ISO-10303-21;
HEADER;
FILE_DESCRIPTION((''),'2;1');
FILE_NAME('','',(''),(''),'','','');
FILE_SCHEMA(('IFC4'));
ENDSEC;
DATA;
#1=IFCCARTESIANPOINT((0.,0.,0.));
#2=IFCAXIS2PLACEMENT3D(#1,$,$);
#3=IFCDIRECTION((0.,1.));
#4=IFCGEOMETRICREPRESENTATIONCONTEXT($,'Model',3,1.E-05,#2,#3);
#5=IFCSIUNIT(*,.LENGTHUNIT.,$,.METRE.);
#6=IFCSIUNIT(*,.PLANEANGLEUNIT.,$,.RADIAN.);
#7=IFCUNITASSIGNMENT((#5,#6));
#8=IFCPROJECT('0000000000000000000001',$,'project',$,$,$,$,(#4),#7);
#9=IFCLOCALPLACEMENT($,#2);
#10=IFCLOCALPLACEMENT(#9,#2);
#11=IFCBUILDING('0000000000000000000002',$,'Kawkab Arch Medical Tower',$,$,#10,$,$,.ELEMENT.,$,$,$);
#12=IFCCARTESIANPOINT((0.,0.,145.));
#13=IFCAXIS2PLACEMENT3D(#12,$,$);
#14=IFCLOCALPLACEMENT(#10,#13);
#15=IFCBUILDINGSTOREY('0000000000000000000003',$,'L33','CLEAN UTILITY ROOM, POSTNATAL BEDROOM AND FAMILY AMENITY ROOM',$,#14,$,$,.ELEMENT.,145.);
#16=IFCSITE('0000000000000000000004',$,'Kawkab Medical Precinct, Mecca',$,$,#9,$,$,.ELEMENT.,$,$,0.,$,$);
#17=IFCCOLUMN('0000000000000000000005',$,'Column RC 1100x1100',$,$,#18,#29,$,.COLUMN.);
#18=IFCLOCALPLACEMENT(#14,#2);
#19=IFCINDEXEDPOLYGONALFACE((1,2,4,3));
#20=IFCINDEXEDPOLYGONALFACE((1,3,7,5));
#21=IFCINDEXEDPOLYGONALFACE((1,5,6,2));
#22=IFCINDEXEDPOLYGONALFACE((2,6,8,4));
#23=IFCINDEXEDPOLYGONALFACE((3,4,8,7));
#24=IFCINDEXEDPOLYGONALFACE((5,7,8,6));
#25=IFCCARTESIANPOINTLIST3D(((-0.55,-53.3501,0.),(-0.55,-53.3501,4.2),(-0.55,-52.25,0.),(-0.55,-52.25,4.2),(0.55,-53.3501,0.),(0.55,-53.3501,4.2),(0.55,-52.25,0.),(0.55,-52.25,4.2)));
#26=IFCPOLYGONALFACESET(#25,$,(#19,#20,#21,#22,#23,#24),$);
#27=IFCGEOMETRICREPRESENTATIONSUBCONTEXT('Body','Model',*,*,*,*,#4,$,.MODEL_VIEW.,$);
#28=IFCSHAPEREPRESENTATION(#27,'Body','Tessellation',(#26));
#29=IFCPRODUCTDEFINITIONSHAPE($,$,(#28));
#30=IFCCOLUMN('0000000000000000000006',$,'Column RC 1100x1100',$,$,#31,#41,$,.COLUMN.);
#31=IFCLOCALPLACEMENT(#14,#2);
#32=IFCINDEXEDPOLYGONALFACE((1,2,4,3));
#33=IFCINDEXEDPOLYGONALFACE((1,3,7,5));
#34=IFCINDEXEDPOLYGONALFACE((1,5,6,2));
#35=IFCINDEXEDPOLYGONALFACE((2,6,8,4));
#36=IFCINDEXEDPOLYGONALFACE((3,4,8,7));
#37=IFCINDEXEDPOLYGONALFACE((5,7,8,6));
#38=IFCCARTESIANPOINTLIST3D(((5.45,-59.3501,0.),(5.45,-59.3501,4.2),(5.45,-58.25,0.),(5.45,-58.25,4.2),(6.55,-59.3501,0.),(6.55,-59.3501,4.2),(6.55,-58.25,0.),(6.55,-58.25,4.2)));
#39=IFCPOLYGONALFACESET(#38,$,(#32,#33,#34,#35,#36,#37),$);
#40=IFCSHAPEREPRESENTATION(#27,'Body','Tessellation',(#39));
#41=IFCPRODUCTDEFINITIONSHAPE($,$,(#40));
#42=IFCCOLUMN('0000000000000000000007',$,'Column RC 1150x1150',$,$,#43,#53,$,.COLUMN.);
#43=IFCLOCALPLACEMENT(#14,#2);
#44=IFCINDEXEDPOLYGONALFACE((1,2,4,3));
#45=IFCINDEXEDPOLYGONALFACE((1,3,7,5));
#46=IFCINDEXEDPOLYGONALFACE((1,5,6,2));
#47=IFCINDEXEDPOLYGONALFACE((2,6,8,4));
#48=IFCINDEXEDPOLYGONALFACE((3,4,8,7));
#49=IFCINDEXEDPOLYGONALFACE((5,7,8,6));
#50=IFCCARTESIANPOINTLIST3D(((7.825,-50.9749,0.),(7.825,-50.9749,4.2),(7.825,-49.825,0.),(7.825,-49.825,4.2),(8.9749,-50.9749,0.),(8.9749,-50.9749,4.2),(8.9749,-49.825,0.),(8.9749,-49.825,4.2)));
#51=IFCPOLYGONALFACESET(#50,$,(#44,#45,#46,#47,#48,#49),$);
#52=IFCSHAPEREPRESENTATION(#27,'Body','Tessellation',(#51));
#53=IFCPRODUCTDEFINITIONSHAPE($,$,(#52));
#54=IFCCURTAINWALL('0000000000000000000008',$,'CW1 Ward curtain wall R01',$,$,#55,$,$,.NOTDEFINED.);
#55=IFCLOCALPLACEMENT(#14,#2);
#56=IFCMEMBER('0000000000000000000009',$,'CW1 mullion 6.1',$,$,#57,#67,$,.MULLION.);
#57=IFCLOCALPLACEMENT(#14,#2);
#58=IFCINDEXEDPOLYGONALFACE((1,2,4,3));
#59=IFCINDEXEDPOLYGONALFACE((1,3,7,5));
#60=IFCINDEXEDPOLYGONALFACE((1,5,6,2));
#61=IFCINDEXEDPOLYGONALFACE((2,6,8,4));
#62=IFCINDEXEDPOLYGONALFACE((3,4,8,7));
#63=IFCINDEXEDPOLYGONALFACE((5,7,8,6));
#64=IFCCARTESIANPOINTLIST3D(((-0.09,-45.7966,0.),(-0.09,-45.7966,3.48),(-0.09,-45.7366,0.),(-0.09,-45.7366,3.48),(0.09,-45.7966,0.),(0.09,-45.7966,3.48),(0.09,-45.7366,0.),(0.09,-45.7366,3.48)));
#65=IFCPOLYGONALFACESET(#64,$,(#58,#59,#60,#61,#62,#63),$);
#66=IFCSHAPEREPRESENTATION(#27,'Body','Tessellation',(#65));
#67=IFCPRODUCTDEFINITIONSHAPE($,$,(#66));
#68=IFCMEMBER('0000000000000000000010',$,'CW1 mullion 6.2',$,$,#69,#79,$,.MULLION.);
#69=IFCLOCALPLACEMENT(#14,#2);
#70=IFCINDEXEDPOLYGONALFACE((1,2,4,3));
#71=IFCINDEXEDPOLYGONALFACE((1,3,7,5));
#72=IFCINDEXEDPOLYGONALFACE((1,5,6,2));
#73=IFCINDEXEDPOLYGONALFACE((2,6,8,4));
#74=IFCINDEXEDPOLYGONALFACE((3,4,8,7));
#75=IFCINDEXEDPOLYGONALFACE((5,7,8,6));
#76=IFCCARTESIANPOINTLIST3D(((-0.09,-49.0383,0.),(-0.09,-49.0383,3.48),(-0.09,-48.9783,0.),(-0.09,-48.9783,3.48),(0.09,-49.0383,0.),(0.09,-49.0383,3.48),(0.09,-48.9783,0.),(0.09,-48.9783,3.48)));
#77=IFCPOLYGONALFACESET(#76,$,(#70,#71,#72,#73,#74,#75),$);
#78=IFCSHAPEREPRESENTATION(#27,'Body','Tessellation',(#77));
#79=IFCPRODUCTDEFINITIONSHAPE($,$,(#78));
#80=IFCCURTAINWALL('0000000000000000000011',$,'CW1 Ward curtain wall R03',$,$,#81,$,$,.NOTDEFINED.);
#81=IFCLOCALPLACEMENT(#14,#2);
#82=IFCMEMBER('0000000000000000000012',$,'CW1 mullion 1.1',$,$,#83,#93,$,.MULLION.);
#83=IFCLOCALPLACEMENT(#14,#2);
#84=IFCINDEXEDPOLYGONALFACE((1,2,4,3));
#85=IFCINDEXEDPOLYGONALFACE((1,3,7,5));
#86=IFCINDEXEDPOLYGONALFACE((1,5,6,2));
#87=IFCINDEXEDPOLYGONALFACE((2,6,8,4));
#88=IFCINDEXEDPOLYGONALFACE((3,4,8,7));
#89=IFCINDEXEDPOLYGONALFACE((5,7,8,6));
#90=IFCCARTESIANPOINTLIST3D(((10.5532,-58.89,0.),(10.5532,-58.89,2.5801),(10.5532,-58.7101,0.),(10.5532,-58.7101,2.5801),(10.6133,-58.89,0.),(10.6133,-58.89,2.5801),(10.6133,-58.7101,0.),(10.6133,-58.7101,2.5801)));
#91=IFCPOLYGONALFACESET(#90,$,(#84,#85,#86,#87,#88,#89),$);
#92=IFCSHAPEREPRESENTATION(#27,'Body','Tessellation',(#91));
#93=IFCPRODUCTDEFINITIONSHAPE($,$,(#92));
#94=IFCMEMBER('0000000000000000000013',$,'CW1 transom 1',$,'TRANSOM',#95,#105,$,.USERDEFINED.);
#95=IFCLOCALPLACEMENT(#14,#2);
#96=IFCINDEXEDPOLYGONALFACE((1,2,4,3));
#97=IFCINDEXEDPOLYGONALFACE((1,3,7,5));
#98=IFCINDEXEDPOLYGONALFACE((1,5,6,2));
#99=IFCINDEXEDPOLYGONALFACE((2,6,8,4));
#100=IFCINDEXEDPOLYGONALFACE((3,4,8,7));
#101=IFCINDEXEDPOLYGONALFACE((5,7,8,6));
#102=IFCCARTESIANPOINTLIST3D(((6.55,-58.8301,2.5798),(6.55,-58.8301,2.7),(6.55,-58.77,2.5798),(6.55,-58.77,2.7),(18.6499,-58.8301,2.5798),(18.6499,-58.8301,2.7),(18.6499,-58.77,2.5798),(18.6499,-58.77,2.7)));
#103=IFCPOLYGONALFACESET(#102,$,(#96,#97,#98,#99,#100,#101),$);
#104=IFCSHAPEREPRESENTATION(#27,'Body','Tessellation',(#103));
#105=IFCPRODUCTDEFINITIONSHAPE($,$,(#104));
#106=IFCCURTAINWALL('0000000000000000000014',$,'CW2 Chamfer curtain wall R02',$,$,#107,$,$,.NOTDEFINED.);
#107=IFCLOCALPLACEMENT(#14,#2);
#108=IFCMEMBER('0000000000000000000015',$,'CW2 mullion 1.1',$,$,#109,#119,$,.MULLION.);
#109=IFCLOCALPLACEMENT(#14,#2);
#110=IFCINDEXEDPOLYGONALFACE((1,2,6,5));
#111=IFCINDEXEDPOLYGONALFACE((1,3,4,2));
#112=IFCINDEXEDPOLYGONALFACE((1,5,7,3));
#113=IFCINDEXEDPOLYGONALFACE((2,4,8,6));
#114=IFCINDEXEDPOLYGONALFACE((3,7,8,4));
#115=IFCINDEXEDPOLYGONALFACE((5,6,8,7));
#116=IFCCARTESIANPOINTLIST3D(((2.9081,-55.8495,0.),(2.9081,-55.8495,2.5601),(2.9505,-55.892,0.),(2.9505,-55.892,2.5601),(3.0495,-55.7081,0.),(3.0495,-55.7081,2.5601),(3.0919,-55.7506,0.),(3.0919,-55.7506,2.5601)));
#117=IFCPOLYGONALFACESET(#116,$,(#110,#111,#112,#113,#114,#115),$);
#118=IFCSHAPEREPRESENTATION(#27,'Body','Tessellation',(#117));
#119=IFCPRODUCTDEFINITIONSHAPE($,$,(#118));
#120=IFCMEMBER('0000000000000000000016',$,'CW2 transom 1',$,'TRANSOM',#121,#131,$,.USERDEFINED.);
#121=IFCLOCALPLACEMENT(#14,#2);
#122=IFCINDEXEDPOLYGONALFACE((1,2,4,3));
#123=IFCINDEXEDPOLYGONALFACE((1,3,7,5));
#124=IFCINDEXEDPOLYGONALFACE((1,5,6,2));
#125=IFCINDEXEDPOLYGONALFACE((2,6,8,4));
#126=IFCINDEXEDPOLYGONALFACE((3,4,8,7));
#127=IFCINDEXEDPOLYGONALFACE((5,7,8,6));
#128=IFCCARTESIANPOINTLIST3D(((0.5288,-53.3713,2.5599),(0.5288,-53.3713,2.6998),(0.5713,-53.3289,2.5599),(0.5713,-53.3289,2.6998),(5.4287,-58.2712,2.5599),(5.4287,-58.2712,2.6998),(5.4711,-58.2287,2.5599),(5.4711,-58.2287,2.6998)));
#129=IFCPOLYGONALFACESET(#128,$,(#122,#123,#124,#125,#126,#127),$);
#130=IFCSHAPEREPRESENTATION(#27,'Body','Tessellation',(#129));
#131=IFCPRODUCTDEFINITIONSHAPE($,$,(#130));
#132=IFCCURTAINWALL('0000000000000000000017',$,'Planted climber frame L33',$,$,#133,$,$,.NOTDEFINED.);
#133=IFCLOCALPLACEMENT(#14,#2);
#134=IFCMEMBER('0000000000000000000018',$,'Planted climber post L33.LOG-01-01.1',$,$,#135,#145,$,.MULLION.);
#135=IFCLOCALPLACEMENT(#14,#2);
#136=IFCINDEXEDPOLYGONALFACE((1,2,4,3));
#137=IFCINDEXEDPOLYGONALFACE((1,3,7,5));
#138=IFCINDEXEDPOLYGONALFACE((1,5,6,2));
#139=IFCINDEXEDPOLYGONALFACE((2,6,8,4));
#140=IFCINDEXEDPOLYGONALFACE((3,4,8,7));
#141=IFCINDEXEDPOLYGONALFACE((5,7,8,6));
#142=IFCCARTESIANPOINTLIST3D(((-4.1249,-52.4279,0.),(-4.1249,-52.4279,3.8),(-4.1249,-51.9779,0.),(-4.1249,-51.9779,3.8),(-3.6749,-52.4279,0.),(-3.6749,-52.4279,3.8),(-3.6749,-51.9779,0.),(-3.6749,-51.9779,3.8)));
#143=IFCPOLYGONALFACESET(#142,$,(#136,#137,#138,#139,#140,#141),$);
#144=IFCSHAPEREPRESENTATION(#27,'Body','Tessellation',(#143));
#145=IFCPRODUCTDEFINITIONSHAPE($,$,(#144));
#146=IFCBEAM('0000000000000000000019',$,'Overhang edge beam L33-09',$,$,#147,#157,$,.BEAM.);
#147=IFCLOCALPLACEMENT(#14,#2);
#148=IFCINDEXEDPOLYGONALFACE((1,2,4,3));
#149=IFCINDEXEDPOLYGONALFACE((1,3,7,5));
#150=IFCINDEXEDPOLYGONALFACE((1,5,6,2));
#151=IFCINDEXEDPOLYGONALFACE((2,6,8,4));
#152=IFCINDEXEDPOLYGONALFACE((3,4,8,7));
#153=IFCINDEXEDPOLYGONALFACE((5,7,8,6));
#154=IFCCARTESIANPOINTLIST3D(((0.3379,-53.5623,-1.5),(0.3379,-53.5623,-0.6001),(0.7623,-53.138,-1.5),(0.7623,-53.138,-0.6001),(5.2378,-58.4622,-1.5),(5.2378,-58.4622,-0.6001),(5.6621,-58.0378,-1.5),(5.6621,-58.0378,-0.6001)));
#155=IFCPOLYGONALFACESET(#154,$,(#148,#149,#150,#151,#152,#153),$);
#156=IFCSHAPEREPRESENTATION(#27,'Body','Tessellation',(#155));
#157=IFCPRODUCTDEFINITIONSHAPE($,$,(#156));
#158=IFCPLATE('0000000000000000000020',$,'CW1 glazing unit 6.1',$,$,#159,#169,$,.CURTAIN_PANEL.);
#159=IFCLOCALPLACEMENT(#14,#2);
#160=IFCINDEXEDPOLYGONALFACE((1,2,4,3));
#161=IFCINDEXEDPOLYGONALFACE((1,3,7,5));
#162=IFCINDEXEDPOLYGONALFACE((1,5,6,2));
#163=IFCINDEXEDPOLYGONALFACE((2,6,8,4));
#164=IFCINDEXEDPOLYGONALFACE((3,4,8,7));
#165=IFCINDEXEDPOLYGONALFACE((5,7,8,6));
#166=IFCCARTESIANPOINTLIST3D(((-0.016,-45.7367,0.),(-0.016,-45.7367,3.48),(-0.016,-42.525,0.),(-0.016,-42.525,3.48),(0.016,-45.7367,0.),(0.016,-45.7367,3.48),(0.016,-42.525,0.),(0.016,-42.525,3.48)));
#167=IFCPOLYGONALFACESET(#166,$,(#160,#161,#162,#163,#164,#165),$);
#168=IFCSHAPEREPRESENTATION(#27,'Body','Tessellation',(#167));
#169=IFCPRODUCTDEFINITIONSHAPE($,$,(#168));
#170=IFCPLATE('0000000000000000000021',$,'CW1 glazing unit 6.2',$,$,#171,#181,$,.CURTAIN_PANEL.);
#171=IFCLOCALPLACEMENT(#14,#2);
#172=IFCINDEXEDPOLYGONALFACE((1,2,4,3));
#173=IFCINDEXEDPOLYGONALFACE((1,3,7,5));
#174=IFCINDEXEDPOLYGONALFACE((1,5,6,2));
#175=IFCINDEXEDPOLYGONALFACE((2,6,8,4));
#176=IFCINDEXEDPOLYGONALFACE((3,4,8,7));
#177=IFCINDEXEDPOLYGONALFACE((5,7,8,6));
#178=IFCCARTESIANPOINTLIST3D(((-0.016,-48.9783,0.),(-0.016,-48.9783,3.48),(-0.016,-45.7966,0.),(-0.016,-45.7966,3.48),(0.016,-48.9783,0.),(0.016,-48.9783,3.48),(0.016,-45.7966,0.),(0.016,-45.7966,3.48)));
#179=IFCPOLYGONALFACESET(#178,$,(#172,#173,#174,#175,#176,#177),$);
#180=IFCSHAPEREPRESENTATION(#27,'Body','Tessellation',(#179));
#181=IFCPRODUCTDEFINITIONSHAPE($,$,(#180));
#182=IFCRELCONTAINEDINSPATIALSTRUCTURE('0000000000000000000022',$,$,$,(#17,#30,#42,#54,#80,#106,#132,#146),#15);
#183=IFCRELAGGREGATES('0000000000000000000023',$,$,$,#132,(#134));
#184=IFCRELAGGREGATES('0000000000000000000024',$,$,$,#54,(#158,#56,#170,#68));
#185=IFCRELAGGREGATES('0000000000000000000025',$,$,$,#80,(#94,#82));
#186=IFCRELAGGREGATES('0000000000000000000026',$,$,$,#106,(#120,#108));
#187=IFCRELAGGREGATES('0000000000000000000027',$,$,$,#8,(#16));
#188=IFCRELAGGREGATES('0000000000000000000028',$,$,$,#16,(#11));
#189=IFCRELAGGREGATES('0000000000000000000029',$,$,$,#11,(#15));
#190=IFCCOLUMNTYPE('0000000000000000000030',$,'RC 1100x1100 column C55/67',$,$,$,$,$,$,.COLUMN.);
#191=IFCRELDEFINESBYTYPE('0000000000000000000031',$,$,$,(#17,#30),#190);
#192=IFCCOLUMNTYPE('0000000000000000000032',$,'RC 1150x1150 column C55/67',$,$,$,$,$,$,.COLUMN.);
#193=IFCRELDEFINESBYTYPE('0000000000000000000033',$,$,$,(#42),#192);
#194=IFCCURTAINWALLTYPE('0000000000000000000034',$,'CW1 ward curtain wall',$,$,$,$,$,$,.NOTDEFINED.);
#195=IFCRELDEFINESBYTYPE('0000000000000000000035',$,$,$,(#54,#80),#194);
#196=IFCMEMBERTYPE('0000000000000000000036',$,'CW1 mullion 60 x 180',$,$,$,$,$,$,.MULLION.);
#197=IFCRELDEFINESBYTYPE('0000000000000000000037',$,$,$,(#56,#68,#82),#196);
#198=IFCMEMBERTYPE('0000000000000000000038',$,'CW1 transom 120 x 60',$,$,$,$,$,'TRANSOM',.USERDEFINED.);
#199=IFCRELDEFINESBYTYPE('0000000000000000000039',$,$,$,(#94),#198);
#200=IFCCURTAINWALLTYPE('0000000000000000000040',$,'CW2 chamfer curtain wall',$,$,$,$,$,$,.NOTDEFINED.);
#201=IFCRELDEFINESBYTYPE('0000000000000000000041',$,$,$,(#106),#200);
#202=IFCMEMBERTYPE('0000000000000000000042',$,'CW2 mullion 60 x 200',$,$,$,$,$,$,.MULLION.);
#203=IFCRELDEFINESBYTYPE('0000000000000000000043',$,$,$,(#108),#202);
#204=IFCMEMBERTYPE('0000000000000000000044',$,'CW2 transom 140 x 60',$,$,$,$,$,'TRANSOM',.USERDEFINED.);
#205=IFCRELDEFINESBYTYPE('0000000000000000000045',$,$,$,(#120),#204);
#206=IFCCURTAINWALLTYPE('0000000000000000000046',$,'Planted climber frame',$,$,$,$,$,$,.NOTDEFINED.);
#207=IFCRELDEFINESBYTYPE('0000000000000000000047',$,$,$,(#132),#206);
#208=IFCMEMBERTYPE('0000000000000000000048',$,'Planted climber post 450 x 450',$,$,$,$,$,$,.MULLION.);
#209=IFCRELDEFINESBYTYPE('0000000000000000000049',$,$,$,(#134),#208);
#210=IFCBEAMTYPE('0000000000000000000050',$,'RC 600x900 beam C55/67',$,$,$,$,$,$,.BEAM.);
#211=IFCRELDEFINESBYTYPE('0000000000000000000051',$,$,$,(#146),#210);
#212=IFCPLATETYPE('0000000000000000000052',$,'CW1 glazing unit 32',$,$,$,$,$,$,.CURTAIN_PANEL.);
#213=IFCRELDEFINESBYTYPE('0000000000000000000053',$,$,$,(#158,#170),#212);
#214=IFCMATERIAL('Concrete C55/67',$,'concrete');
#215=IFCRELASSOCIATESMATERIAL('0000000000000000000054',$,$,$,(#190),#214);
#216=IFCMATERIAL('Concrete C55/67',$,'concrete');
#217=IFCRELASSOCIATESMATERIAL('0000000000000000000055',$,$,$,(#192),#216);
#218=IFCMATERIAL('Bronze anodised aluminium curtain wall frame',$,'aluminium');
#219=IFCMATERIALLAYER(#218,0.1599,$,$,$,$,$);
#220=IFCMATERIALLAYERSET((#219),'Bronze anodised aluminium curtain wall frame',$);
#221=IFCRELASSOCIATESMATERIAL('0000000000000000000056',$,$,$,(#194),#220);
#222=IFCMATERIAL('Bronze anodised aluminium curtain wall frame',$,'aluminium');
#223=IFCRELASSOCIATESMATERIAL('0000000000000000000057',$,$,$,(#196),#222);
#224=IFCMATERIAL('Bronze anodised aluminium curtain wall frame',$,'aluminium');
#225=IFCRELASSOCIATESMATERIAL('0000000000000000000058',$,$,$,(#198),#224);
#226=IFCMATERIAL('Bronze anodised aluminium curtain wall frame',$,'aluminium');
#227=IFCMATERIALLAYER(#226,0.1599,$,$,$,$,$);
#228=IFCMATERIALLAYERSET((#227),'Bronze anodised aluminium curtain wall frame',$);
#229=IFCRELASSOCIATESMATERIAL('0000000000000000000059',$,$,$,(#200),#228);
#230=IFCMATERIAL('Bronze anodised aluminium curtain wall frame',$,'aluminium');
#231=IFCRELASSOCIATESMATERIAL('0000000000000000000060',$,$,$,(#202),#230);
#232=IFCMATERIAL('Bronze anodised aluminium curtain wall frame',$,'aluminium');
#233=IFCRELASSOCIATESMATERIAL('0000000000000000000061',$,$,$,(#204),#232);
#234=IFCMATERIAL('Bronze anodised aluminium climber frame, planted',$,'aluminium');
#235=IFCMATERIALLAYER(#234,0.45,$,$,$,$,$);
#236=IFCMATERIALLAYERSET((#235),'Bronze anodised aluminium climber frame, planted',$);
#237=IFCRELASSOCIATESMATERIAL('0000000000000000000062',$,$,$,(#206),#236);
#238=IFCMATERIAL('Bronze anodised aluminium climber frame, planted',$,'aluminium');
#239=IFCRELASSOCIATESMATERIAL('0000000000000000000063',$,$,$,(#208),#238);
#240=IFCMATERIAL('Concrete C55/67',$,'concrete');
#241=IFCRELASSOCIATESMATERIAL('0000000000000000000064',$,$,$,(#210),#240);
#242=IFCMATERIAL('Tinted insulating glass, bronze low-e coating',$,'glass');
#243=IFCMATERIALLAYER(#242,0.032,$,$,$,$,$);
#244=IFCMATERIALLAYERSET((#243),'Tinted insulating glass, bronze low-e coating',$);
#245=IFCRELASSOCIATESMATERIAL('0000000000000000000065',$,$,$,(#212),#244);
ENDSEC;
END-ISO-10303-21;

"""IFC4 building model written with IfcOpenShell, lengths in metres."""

from ifc_helpers import new_model, si_unit, direction, frame, origin, origin_2d, place, context, subcontext, project, spatial, rectangle, extrude, material, layer, layer_set, material_profile, profile_set, type_object, element, aggregate, save


model = new_model("IFC4")

# Units and contexts
model_context = context("Model", 3, precision=1e-05, world=origin(), true_north=direction((0.0, 1.0)))
body_context = subcontext(model_context, "Body", "Model", "MODEL_VIEW")
ifc_project = project(units=[si_unit("LENGTHUNIT", "METRE"), si_unit("PLANEANGLEUNIT", "RADIAN")], contexts=[model_context])

# Site, building, storey
site_placement = place(None, origin())
site = spatial("IfcSite", under=ifc_project, at=site_placement, Name="Kawkab Medical Precinct, Mecca", CompositionType="ELEMENT", RefElevation=0.0)
building_placement = place(site_placement, origin())
building = spatial("IfcBuilding", under=site, at=building_placement, Name="Kawkab Arch Medical Tower", CompositionType="ELEMENT")
storey_placement = place(building_placement, frame((0.0, 0.0, 145.0)))
storey = spatial("IfcBuildingStorey", under=building, at=storey_placement, Name="L33", Description="CLEAN UTILITY ROOM, POSTNATAL BEDROOM AND FAMILY AMENITY ROOM", CompositionType="ELEMENT", Elevation=145.0)

# Columns
ifc_material_1 = material(Name="Concrete C55/67", Category="concrete")
ifc_material_profile_1 = material_profile(ifc_material_1, rectangle(XDim=1.1001, YDim=1.1001, at=origin_2d()), Name="RC 1100x1100")
ifc_profile_set_1 = profile_set([ifc_material_profile_1], Name="Concrete C55/67")
column_type_1 = type_object("IfcColumnType", Name="RC 1100x1100 column C55/67", PredefinedType="COLUMN", material=ifc_profile_set_1)
for number, where, z_axis, x_axis, name in (
    (1, (0.0, -52.8, 0.0), (0.0, 0.0, 1.0), (1.0, 0.0, 0.0), "Column RC 1100x1100"),
    (2, (6.0, -58.8, 0.0), (0.0, 0.0, 1.0), (1.0, 0.0, 0.0), "Column RC 1100x1100"),
):
    element("IfcColumn", number, at=place(storey_placement, frame(where, z_axis=z_axis, x_axis=x_axis)), inside=storey, type_object=column_type_1, Name=name, PredefinedType="COLUMN", context=body_context, shape_type="SweptSolid", body=[
        extrude(rectangle(XDim=1.1001, YDim=1.1001, at=origin_2d()), origin(), (0.0, 0.0, 1.0), 4.2),
    ])
ifc_material_2 = material(Name="Concrete C55/67", Category="concrete")
ifc_material_profile_2 = material_profile(ifc_material_2, rectangle(XDim=1.1499, YDim=1.1499, at=origin_2d()), Name="RC 1150x1150")
ifc_profile_set_2 = profile_set([ifc_material_profile_2], Name="Concrete C55/67")
column_type_2 = type_object("IfcColumnType", Name="RC 1150x1150 column C55/67", PredefinedType="COLUMN", material=ifc_profile_set_2)
column_placement = place(storey_placement, frame((8.3999, -50.3999, 0.0), z_axis=(0.0, 0.0, 1.0), x_axis=(1.0, 0.0, 0.0)))
element("IfcColumn", 3, at=column_placement, inside=storey, type_object=column_type_2, Name="Column RC 1150x1150", PredefinedType="COLUMN", context=body_context, shape_type="SweptSolid", body=[
    extrude(rectangle(XDim=1.1499, YDim=1.1499, at=origin_2d()), origin(), (0.0, 0.0, 1.0), 4.2),
])

# Curtain walls, members
ifc_material_3 = material(Name="Bronze anodised aluminium curtain wall frame", Category="aluminium")
ifc_layer_1 = layer(ifc_material_3, 0.1599)
ifc_layer_set_1 = layer_set([ifc_layer_1], Name="Bronze anodised aluminium curtain wall frame")
curtain_wall_type_1 = type_object("IfcCurtainWallType", Name="CW1 ward curtain wall", PredefinedType="NOTDEFINED", material=ifc_layer_set_1)
placement = place(storey_placement, origin())
curtain_wall_1 = element("IfcCurtainWall", 4, at=placement, inside=storey, type_object=curtain_wall_type_1, Name="CW1 Ward curtain wall R01", PredefinedType="NOTDEFINED")
ifc_material_4 = material(Name="Bronze anodised aluminium curtain wall frame", Category="aluminium")
ifc_material_profile_3 = material_profile(ifc_material_4, rectangle(XDim=0.1799, YDim=0.0601, at=origin_2d()), Name="AL 60x180")
ifc_profile_set_3 = profile_set([ifc_material_profile_3], Name="Bronze anodised aluminium curtain wall frame")
member_type_1 = type_object("IfcMemberType", Name="CW1 mullion 60 x 180", PredefinedType="MULLION", material=ifc_profile_set_3)
member_1_placement = place(storey_placement, frame((0.0, -45.7666, 0.0), z_axis=(0.0, 0.0, 1.0), x_axis=(1.0, 0.0, 0.0)))
member_1 = element("IfcMember", 5, at=member_1_placement, type_object=member_type_1, Name="CW1 mullion 6.1", PredefinedType="MULLION", context=body_context, shape_type="SweptSolid", body=[
    extrude(rectangle(XDim=0.1799, YDim=0.0601, at=origin_2d()), origin(), (0.0, 0.0, 1.0), 3.48),
])
member_2_placement = place(storey_placement, frame((0.0, -49.0083, 0.0), z_axis=(0.0, 0.0, 1.0), x_axis=(1.0, 0.0, 0.0)))
member_2 = element("IfcMember", 6, at=member_2_placement, type_object=member_type_1, Name="CW1 mullion 6.2", PredefinedType="MULLION", context=body_context, shape_type="SweptSolid", body=[
    extrude(rectangle(XDim=0.1799, YDim=0.0601, at=origin_2d()), origin(), (0.0, 0.0, 1.0), 3.48),
])
curtain_wall_2 = element("IfcCurtainWall", 7, at=placement, inside=storey, type_object=curtain_wall_type_1, Name="CW1 Ward curtain wall R03", PredefinedType="NOTDEFINED")
member_3_placement = place(storey_placement, frame((10.5833, -58.8, 0.0), z_axis=(0.0, 0.0, 1.0), x_axis=(0.0, 1.0, 0.0)))
member_3 = element("IfcMember", 8, at=member_3_placement, type_object=member_type_1, Name="CW1 mullion 1.1", PredefinedType="MULLION", context=body_context, shape_type="SweptSolid", body=[
    extrude(rectangle(XDim=0.1799, YDim=0.0601, at=origin_2d()), origin(), (0.0, 0.0, 1.0), 2.5801),
])
ifc_material_5 = material(Name="Bronze anodised aluminium curtain wall frame", Category="aluminium")
ifc_material_profile_4 = material_profile(ifc_material_5, rectangle(XDim=0.0601, YDim=0.1201, at=origin_2d()), Name="AL 60x120")
ifc_profile_set_4 = profile_set([ifc_material_profile_4], Name="Bronze anodised aluminium curtain wall frame")
member_type_2 = type_object("IfcMemberType", Name="CW1 transom 120 x 60", ElementType="TRANSOM", PredefinedType="USERDEFINED", material=ifc_profile_set_4)
member_4_placement = place(storey_placement, frame((6.55, -58.8, 2.6399), z_axis=(1.0, 0.0, 0.0), x_axis=(0.0, 1.0, 0.0)))
member_4 = element("IfcMember", 9, at=member_4_placement, type_object=member_type_2, Name="CW1 transom 1", ObjectType="TRANSOM", PredefinedType="USERDEFINED", context=body_context, shape_type="SweptSolid", body=[
    extrude(rectangle(XDim=0.0601, YDim=0.1201, at=origin_2d()), origin(), (0.0, 0.0, 1.0), 12.0999),
])
ifc_material_6 = material(Name="Bronze anodised aluminium curtain wall frame", Category="aluminium")
ifc_layer_2 = layer(ifc_material_6, 0.1599)
ifc_layer_set_2 = layer_set([ifc_layer_2], Name="Bronze anodised aluminium curtain wall frame")
curtain_wall_type_2 = type_object("IfcCurtainWallType", Name="CW2 chamfer curtain wall", PredefinedType="NOTDEFINED", material=ifc_layer_set_2)
curtain_wall_3 = element("IfcCurtainWall", 10, at=placement, inside=storey, type_object=curtain_wall_type_2, Name="CW2 Chamfer curtain wall R02", PredefinedType="NOTDEFINED")
ifc_material_7 = material(Name="Bronze anodised aluminium curtain wall frame", Category="aluminium")
ifc_material_profile_5 = material_profile(ifc_material_7, rectangle(XDim=0.2, YDim=0.0601, at=origin_2d()), Name="AL 60x200")
ifc_profile_set_5 = profile_set([ifc_material_profile_5], Name="Bronze anodised aluminium curtain wall frame")
member_type_3 = type_object("IfcMemberType", Name="CW2 mullion 60 x 200", PredefinedType="MULLION", material=ifc_profile_set_5)
member_5_placement = place(storey_placement, frame((3.0, -55.8, 0.0), z_axis=(0.0, 0.0, 1.0), x_axis=(0.707107, 0.707107, 0.0)))
member_5 = element("IfcMember", 11, at=member_5_placement, type_object=member_type_3, Name="CW2 mullion 1.1", PredefinedType="MULLION", context=body_context, shape_type="SweptSolid", body=[
    extrude(rectangle(XDim=0.2, YDim=0.0601, at=origin_2d()), origin(), (0.0, 0.0, 1.0), 2.5601),
])
ifc_material_8 = material(Name="Bronze anodised aluminium curtain wall frame", Category="aluminium")
ifc_material_profile_6 = material_profile(ifc_material_8, rectangle(XDim=0.0601, YDim=0.1399, at=origin_2d()), Name="AL 60x140")
ifc_profile_set_6 = profile_set([ifc_material_profile_6], Name="Bronze anodised aluminium curtain wall frame")
member_type_4 = type_object("IfcMemberType", Name="CW2 transom 140 x 60", ElementType="TRANSOM", PredefinedType="USERDEFINED", material=ifc_profile_set_6)
member_6_placement = place(storey_placement, frame((0.55, -53.3501, 2.6299), z_axis=(0.707107, -0.707107, 0.0), x_axis=(0.707107, 0.707107, 0.0)))
member_6 = element("IfcMember", 12, at=member_6_placement, type_object=member_type_4, Name="CW2 transom 1", ObjectType="TRANSOM", PredefinedType="USERDEFINED", context=body_context, shape_type="SweptSolid", body=[
    extrude(rectangle(XDim=0.0601, YDim=0.1399, at=origin_2d()), origin(), (0.0, 0.0, 1.0), 6.9294),
])

# Curtain wall, member
ifc_material_9 = material(Name="Bronze anodised aluminium climber frame, planted", Category="aluminium")
ifc_layer_3 = layer(ifc_material_9, 0.45)
ifc_layer_set_3 = layer_set([ifc_layer_3], Name="Bronze anodised aluminium climber frame, planted")
curtain_wall_type_3 = type_object("IfcCurtainWallType", Name="Planted climber frame", PredefinedType="NOTDEFINED", material=ifc_layer_set_3)
curtain_wall_4 = element("IfcCurtainWall", 13, at=placement, inside=storey, type_object=curtain_wall_type_3, Name="Planted climber frame L33", PredefinedType="NOTDEFINED")
ifc_material_10 = material(Name="Bronze anodised aluminium climber frame, planted", Category="aluminium")
ifc_material_profile_7 = material_profile(ifc_material_10, rectangle(XDim=0.45, YDim=0.45, at=origin_2d()), Name="Post 450x450")
ifc_profile_set_7 = profile_set([ifc_material_profile_7], Name="Bronze anodised aluminium climber frame, planted")
member_type_5 = type_object("IfcMemberType", Name="Planted climber post 450 x 450", PredefinedType="MULLION", material=ifc_profile_set_7)
member_7_placement = place(storey_placement, frame((-3.8999, -52.2029, 0.0), z_axis=(0.0, 0.0, 1.0), x_axis=(1.0, 0.0, 0.0)))
member_7 = element("IfcMember", 14, at=member_7_placement, type_object=member_type_5, Name="Planted climber post L33.LOG-01-01.1", PredefinedType="MULLION", context=body_context, shape_type="SweptSolid", body=[
    extrude(rectangle(XDim=0.45, YDim=0.45, at=origin_2d()), origin(), (0.0, 0.0, 1.0), 3.8),
])
aggregate(curtain_wall_4, [member_7])

# Beam
ifc_material_11 = material(Name="Concrete C55/67", Category="concrete")
ifc_material_profile_8 = material_profile(ifc_material_11, rectangle(XDim=0.6001, YDim=0.8999, at=origin_2d()), Name="RC 600x900")
ifc_profile_set_8 = profile_set([ifc_material_profile_8], Name="Concrete C55/67")
beam_type = type_object("IfcBeamType", Name="RC 600x900 beam C55/67", PredefinedType="BEAM", material=ifc_profile_set_8)
beam_placement = place(storey_placement, frame((5.45, -58.25, -1.05), z_axis=(-0.707107, 0.707107, 0.0), x_axis=(-0.707107, -0.707107, 0.0)))
element("IfcBeam", 15, at=beam_placement, inside=storey, type_object=beam_type, Name="Overhang edge beam L33-09", PredefinedType="BEAM", context=body_context, shape_type="SweptSolid", body=[
    extrude(rectangle(XDim=0.6001, YDim=0.8999, at=origin_2d()), origin(), (0.0, 0.0, 1.0), 6.9294),
])

# Plates
ifc_material_12 = material(Name="Tinted insulating glass, bronze low-e coating", Category="glass")
ifc_layer_4 = layer(ifc_material_12, 0.032)
ifc_layer_set_4 = layer_set([ifc_layer_4], Name="Tinted insulating glass, bronze low-e coating")
plate_type_1 = type_object("IfcPlateType", Name="CW1 glazing unit 32", PredefinedType="CURTAIN_PANEL", material=ifc_layer_set_4)
plate_1_placement = place(storey_placement, frame((0.0, -44.1309, 0.0), z_axis=(0.0, 0.0, 1.0), x_axis=(0.0, -1.0, 0.0)))
plate_1 = element("IfcPlate", 16, at=plate_1_placement, type_object=plate_type_1, Name="CW1 glazing unit 6.1", PredefinedType="CURTAIN_PANEL", context=body_context, shape_type="SweptSolid", body=[
    extrude(rectangle(XDim=3.2117, YDim=0.032, at=origin_2d()), origin(), (0.0, 0.0, 1.0), 3.48),
])
plate_2_placement = place(storey_placement, frame((0.0, -47.3875, 0.0), z_axis=(0.0, 0.0, 1.0), x_axis=(0.0, -1.0, 0.0)))
plate_2 = element("IfcPlate", 17, at=plate_2_placement, type_object=plate_type_1, Name="CW1 glazing unit 6.2", PredefinedType="CURTAIN_PANEL", context=body_context, shape_type="SweptSolid", body=[
    extrude(rectangle(XDim=3.1816, YDim=0.032, at=origin_2d()), origin(), (0.0, 0.0, 1.0), 3.48),
])
aggregate(curtain_wall_1, [plate_1, member_1, plate_2, member_2])
aggregate(curtain_wall_2, [member_4, member_3])
aggregate(curtain_wall_3, [member_6, member_5])

save(model, "model.ifc")
